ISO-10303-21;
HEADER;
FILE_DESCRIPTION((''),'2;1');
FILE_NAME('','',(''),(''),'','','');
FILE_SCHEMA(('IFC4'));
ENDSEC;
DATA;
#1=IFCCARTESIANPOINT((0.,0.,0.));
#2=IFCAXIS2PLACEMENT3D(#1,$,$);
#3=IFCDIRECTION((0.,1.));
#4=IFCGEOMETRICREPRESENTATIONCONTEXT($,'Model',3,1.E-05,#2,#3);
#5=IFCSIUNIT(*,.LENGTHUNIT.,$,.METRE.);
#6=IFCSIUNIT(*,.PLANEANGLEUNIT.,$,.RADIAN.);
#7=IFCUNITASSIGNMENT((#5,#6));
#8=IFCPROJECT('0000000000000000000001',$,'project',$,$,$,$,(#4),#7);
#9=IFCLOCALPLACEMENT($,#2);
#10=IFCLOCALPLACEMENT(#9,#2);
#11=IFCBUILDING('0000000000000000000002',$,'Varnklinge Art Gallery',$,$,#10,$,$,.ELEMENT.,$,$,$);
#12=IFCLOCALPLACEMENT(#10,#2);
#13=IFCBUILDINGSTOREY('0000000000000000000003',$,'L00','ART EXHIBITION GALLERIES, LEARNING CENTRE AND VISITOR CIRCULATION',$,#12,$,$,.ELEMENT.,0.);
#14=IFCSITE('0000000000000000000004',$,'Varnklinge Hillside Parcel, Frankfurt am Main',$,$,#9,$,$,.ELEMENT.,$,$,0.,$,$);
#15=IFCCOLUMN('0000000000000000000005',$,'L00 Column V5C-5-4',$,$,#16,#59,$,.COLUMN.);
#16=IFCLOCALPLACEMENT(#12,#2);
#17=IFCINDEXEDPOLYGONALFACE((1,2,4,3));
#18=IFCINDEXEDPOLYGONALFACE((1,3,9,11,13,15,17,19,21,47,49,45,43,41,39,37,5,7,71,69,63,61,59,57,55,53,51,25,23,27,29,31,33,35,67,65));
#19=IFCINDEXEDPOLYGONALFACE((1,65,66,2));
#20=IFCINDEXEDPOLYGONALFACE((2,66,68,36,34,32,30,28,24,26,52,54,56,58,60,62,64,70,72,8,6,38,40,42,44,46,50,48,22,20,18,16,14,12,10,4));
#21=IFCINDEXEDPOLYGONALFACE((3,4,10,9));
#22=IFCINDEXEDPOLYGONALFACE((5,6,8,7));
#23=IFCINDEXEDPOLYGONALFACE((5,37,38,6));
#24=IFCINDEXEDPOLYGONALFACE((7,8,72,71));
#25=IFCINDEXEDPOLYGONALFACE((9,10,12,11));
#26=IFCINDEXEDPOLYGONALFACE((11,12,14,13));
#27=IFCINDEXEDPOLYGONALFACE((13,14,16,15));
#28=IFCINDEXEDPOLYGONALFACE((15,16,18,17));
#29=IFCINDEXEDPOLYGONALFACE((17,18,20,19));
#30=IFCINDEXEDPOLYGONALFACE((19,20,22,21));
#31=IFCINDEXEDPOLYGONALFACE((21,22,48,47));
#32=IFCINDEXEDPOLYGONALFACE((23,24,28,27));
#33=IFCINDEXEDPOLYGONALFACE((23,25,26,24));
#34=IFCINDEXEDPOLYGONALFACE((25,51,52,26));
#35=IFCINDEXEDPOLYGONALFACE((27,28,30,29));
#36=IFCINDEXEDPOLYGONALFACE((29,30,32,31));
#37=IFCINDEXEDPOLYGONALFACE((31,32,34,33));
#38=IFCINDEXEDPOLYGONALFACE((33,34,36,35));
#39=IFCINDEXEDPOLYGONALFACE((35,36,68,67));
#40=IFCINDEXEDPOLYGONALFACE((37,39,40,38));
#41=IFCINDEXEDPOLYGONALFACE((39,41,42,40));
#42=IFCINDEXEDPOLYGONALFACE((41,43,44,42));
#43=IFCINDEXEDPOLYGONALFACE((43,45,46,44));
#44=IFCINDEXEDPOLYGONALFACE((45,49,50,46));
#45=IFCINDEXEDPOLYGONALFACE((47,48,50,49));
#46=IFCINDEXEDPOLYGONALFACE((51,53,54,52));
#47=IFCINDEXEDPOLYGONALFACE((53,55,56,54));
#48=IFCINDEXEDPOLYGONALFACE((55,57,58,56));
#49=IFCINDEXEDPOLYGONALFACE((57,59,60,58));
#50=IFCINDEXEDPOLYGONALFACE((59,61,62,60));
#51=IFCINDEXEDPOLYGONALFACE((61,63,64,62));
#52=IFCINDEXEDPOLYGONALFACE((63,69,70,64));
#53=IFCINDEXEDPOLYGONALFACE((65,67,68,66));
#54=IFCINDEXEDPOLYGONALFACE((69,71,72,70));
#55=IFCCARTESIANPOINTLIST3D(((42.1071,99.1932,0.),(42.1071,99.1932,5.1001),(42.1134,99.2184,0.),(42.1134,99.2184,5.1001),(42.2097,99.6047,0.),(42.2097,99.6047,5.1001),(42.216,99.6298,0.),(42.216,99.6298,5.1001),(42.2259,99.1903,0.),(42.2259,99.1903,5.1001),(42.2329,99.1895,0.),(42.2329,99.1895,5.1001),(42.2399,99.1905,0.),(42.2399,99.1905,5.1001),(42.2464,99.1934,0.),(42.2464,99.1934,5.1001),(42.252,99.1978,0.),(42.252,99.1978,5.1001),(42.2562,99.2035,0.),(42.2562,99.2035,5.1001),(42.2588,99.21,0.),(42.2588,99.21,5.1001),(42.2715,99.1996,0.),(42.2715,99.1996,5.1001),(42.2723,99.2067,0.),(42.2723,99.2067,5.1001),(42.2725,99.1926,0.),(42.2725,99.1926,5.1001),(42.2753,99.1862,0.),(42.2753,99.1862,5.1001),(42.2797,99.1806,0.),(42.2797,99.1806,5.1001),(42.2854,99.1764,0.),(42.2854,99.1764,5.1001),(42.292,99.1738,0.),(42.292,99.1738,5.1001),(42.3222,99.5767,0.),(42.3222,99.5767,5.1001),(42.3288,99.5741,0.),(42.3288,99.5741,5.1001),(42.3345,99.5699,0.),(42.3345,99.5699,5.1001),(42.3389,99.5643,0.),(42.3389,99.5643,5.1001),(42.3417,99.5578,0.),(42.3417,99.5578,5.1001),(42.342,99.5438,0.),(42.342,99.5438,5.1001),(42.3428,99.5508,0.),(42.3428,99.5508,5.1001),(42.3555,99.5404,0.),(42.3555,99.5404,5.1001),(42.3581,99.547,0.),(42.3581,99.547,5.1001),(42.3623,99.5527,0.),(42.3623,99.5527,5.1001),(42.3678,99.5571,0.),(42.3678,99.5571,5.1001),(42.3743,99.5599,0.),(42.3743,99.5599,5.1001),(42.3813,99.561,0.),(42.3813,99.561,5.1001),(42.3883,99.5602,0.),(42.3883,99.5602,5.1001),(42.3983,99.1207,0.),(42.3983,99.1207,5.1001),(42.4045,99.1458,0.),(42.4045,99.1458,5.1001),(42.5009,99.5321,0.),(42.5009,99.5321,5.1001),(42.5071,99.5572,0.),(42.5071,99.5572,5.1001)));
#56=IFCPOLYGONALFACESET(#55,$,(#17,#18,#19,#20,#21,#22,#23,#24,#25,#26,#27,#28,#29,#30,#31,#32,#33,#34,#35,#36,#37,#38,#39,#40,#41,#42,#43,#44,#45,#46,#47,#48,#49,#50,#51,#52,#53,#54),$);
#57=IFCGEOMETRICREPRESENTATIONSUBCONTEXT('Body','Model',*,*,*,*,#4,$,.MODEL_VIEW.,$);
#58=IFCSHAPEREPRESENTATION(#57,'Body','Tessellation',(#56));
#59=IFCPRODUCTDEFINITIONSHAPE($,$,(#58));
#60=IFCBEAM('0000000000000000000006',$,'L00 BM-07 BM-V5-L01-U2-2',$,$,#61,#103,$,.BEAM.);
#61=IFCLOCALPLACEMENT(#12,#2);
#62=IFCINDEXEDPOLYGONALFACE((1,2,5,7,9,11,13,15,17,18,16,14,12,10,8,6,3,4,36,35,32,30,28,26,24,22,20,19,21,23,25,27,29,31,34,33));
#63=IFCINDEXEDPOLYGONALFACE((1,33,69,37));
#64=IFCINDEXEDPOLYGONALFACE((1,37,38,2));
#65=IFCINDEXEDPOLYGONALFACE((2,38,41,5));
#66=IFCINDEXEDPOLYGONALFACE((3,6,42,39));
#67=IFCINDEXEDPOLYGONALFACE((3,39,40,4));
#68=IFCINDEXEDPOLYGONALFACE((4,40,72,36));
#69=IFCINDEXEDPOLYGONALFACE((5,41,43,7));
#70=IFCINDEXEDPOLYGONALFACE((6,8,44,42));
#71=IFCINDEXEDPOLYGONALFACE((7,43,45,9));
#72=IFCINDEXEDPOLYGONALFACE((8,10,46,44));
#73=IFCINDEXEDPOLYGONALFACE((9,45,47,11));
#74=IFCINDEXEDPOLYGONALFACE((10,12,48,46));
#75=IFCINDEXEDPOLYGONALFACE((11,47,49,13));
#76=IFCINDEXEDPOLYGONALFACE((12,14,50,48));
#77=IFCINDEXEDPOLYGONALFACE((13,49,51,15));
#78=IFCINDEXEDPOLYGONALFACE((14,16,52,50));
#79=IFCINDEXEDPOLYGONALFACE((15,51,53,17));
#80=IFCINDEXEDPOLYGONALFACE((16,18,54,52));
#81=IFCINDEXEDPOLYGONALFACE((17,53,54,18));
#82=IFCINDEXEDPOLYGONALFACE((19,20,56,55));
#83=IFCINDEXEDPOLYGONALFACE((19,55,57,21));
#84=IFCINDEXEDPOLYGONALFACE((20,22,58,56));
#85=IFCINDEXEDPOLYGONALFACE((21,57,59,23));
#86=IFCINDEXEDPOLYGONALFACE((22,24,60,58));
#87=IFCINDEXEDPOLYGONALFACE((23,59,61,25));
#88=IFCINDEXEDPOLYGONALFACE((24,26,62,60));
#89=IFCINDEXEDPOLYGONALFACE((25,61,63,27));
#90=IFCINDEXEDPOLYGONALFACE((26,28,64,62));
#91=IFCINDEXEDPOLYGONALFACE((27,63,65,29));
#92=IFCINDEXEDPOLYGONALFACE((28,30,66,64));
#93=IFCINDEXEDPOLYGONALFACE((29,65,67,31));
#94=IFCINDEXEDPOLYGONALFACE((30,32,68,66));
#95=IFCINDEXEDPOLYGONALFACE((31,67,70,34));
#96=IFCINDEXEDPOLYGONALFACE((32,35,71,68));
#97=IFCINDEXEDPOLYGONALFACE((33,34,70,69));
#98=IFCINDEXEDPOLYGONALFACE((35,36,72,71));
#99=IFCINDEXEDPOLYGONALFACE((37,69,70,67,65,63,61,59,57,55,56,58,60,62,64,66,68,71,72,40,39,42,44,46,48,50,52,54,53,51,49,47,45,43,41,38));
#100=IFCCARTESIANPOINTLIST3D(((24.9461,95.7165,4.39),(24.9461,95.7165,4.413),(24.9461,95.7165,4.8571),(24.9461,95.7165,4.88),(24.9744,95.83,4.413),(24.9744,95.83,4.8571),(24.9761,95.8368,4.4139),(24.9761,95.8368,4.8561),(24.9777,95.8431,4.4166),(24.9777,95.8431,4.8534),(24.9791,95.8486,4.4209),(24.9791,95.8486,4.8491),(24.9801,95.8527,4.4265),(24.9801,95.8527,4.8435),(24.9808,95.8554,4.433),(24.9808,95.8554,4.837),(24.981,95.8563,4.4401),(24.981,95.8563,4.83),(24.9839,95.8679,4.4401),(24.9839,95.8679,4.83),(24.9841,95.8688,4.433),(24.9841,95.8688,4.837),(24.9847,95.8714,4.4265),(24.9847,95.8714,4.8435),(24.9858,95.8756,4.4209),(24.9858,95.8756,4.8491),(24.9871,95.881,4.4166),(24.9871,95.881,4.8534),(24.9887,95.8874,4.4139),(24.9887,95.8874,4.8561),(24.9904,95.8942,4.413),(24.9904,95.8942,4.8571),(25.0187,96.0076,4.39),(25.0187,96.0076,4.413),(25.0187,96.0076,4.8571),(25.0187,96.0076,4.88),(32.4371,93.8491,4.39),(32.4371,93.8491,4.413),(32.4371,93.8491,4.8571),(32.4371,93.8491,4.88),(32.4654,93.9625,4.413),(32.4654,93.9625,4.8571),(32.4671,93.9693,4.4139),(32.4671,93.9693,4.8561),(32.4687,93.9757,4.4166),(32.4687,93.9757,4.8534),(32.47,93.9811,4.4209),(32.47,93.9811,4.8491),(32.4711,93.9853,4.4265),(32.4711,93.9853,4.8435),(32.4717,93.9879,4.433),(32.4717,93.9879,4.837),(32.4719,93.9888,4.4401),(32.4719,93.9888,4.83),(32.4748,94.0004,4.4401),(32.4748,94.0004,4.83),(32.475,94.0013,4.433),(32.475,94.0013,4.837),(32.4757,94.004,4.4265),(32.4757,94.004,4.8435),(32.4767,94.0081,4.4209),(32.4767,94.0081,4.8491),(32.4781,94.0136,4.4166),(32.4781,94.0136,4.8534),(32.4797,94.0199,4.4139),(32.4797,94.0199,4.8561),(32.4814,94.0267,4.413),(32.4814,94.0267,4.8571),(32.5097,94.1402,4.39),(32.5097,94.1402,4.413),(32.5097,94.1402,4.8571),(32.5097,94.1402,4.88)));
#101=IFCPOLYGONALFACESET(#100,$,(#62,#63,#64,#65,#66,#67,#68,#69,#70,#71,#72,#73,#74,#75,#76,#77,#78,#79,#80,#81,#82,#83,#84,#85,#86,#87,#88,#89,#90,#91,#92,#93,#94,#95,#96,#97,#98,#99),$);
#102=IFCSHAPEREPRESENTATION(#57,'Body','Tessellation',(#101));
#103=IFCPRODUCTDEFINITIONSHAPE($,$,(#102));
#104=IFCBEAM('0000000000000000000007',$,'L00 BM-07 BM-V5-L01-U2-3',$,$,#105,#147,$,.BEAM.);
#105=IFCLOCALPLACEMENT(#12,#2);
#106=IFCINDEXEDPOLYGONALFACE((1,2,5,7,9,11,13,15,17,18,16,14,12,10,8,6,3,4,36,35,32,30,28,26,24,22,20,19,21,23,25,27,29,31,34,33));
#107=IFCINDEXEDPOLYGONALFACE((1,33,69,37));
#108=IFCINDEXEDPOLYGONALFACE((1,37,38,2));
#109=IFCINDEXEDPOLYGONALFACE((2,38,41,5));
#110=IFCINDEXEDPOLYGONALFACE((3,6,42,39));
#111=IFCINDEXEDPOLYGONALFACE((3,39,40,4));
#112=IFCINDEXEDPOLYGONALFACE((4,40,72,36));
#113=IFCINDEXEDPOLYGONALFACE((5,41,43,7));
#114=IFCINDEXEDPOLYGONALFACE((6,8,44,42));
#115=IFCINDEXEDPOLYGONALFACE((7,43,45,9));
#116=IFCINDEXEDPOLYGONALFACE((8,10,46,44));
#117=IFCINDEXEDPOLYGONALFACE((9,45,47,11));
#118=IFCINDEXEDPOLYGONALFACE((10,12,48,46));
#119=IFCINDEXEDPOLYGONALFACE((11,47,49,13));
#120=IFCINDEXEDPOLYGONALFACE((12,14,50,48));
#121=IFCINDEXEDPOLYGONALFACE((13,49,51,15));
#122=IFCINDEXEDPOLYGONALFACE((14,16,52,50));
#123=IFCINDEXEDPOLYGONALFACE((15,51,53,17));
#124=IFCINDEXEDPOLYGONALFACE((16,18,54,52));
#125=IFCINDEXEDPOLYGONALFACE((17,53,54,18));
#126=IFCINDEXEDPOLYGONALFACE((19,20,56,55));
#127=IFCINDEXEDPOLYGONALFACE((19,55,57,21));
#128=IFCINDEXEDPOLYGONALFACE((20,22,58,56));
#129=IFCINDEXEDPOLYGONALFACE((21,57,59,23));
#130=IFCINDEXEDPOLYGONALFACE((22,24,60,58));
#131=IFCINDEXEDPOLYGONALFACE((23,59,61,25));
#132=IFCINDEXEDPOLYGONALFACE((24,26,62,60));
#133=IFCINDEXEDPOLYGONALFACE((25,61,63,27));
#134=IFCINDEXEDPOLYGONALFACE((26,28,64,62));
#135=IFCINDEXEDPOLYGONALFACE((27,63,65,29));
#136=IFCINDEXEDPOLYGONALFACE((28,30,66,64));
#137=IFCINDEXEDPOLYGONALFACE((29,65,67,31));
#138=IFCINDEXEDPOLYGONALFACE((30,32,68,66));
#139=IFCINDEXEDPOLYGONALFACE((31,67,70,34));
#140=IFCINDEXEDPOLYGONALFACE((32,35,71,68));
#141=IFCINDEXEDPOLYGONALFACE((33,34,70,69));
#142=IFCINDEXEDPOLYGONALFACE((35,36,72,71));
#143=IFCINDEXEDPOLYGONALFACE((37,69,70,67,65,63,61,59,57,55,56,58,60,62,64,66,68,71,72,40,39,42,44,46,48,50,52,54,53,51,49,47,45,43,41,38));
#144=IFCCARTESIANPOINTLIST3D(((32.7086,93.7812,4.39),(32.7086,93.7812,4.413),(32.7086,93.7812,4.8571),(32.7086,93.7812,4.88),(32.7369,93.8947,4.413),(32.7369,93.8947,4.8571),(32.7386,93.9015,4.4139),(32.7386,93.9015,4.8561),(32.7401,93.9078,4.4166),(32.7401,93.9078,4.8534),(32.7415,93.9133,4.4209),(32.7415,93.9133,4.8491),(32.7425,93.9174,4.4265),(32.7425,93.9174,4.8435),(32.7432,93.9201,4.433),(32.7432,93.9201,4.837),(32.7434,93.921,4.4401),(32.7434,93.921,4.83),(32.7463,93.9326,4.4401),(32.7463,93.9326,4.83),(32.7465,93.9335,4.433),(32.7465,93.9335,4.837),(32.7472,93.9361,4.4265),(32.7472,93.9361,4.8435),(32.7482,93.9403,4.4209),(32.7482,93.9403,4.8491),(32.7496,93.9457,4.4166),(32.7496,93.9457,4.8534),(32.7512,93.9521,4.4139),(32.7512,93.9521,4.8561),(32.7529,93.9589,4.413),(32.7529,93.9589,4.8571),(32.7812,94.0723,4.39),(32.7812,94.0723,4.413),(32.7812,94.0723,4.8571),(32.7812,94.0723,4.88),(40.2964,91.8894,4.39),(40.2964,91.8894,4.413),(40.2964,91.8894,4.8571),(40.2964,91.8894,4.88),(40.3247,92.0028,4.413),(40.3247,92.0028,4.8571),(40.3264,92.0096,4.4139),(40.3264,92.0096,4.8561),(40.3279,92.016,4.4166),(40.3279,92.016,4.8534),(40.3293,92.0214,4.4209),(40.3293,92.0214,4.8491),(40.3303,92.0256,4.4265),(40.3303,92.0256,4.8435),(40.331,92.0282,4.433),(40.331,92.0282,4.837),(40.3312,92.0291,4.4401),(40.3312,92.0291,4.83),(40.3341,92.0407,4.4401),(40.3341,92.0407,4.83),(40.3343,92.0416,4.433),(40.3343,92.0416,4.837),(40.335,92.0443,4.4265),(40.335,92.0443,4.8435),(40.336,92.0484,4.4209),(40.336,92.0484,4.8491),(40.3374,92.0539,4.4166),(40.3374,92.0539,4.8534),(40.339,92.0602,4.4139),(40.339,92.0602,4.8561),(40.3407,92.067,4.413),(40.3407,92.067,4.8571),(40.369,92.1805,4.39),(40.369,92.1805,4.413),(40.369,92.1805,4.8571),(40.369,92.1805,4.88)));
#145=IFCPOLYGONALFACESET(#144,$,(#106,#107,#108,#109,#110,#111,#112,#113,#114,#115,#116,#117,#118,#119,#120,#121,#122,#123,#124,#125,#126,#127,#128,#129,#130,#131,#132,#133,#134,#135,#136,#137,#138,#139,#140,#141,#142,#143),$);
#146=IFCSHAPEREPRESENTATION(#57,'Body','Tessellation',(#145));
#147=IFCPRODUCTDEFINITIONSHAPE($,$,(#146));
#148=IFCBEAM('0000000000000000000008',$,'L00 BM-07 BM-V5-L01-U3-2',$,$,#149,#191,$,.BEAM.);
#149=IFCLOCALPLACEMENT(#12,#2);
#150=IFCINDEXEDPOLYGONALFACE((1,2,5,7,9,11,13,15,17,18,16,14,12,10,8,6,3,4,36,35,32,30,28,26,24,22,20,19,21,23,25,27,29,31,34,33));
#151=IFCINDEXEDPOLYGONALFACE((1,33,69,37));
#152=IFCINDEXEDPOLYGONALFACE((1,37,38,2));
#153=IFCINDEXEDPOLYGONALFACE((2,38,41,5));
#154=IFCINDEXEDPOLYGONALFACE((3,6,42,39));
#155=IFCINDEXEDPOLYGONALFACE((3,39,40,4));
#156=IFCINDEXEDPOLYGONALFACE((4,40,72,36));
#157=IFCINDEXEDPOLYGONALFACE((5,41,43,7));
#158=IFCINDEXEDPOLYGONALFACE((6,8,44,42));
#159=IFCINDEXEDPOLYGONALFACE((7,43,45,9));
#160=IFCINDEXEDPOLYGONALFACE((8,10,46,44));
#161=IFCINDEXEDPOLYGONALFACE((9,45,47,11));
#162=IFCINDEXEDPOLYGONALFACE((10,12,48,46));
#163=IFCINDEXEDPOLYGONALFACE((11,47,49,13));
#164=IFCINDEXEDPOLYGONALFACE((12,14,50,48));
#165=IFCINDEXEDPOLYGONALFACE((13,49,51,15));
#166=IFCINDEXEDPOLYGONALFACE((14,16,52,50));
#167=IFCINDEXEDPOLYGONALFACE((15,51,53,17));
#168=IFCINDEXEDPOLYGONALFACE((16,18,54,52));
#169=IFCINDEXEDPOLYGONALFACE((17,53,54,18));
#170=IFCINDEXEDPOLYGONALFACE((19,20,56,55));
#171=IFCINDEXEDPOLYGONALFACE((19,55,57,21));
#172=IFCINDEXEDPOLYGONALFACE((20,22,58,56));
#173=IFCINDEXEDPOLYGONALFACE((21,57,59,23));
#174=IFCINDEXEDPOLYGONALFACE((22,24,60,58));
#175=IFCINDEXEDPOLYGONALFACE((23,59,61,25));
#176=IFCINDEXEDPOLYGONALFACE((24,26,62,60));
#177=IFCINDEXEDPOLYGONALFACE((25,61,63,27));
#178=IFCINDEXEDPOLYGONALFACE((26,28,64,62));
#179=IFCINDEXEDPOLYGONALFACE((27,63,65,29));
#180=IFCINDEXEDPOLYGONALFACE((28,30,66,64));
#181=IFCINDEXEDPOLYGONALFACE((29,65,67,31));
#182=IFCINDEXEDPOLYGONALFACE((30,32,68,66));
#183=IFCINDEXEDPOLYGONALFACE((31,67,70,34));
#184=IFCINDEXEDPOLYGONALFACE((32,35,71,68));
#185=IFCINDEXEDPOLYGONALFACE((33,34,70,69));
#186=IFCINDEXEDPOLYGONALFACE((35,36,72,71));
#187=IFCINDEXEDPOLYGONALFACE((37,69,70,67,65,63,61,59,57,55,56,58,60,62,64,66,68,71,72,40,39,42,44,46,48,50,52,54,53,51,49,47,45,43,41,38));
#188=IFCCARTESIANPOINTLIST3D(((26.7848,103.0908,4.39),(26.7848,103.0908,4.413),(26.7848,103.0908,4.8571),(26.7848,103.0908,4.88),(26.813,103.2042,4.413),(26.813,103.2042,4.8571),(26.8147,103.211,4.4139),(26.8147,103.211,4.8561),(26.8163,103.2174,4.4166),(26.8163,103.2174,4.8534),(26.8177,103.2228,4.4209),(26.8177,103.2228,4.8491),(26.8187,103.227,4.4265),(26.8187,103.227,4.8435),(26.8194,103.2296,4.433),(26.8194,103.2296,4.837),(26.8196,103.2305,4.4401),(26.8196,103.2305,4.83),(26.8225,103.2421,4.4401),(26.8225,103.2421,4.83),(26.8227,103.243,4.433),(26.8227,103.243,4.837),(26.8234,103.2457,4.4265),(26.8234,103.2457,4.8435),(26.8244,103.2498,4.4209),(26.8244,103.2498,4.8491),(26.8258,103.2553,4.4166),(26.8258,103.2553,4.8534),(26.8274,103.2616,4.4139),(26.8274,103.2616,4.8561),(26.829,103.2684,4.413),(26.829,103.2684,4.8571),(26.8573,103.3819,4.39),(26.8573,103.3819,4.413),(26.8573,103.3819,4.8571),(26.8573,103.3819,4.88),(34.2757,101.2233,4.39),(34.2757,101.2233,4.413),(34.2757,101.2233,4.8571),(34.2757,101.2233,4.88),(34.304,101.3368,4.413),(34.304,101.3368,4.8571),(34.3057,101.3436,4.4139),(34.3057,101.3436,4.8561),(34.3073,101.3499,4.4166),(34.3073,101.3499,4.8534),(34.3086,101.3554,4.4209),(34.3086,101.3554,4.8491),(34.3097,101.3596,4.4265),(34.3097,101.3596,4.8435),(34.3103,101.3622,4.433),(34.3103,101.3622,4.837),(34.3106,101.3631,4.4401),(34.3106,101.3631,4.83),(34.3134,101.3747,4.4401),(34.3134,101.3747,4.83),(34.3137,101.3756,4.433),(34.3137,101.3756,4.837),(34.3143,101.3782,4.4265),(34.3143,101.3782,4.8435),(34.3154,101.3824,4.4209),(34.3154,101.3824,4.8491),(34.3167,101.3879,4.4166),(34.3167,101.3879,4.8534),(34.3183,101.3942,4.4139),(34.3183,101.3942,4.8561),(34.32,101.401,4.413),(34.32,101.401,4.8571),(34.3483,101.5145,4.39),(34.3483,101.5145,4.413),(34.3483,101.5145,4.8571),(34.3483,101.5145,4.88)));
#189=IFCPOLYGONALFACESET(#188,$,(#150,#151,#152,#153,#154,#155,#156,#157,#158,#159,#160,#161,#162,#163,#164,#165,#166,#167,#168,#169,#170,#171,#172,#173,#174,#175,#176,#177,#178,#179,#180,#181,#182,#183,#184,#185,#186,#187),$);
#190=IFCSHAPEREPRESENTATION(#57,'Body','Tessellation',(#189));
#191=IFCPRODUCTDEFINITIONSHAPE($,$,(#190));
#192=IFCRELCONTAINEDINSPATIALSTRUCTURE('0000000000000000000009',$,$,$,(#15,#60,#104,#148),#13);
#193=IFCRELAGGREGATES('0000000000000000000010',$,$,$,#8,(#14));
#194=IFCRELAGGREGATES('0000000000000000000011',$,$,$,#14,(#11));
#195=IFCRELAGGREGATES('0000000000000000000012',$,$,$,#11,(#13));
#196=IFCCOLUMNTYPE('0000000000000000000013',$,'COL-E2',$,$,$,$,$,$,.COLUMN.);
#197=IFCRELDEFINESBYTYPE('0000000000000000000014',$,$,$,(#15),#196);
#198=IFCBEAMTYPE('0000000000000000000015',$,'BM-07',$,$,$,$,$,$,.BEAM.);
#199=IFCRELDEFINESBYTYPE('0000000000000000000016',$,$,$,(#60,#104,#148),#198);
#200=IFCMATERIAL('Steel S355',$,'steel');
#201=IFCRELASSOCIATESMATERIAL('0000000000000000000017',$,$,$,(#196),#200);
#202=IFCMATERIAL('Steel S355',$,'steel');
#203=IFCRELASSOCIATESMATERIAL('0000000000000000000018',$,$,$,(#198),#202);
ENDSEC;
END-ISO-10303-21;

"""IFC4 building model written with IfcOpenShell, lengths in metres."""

from ifc_helpers import new_model, si_unit, direction, frame, origin, origin_2d, place, context, subcontext, project, spatial, i_section, extrude, material, material_profile, profile_set, type_object, element, save


model = new_model("IFC4")

# Units and contexts
model_context = context("Model", 3, precision=1e-05, world=origin(), true_north=direction((0.0, 1.0)))
body_context = subcontext(model_context, "Body", "Model", "MODEL_VIEW")
ifc_project = project(units=[si_unit("LENGTHUNIT", "METRE"), si_unit("PLANEANGLEUNIT", "RADIAN")], contexts=[model_context])

# Site, building, storey
site_placement = place(None, origin())
site = spatial("IfcSite", under=ifc_project, at=site_placement, Name="Varnklinge Hillside Parcel, Frankfurt am Main", CompositionType="ELEMENT", RefElevation=0.0)
building_placement = place(site_placement, origin())
building = spatial("IfcBuilding", under=site, at=building_placement, Name="Varnklinge Art Gallery", CompositionType="ELEMENT")
storey_placement = place(building_placement, origin())
storey = spatial("IfcBuildingStorey", under=building, at=storey_placement, Name="L00", Description="ART EXHIBITION GALLERIES, LEARNING CENTRE AND VISITOR CIRCULATION", CompositionType="ELEMENT", Elevation=0.0)

# Column
ifc_material_1 = material(Name="Steel S355", Category="steel")
ifc_material_profile_1 = material_profile(ifc_material_1, i_section(OverallWidth=0.3, OverallDepth=0.45, WebThickness=0.0139, FlangeThickness=0.0259, FilletRadius=0.0271, at=origin_2d()), Name="HEB 450")
ifc_profile_set_1 = profile_set([ifc_material_profile_1], Name="Steel S355")
column_type_1 = type_object("IfcColumnType", Name="COL-E2", PredefinedType="COLUMN", material=ifc_profile_set_1)
for number, where, z_axis, x_axis, name in (
    (1, (42.3071, 99.3752, 0.0), (0.0, 0.0, 1.0), (0.970296, -0.241922, 0.0), "L00 Column V5C-5-4"),
):
    element("IfcColumn", number, at=place(storey_placement, frame(where, z_axis=z_axis, x_axis=x_axis)), inside=storey, type_object=column_type_1, Name=name, PredefinedType="COLUMN", context=body_context, shape_type="SweptSolid", body=[
        extrude(i_section(OverallWidth=0.3, OverallDepth=0.45, WebThickness=0.0139, FlangeThickness=0.0259, FilletRadius=0.0271, at=origin_2d()), origin(), (0.0, 0.0, 1.0), 5.1001),
    ])

# Beams
ifc_material_2 = material(Name="Steel S355", Category="steel")
ifc_material_profile_2 = material_profile(ifc_material_2, i_section(OverallWidth=0.3, OverallDepth=0.49, WebThickness=0.012, FlangeThickness=0.0229, FilletRadius=0.0271, at=origin_2d()), Name="HEA 500")
ifc_profile_set_2 = profile_set([ifc_material_profile_2], Name="Steel S355")
beam_type_1 = type_object("IfcBeamType", Name="BM-07", PredefinedType="BEAM", material=ifc_profile_set_2)
beam_1_placement = place(storey_placement, frame((24.9824, 95.8621, 4.635), z_axis=(0.970304, -0.241888, 0.0), x_axis=(0.241888, 0.970304, 0.0)))
element("IfcBeam", 2, at=beam_1_placement, inside=storey, type_object=beam_type_1, Name="L00 BM-07 BM-V5-L01-U2-2", PredefinedType="BEAM", context=body_context, shape_type="SweptSolid", body=[
    extrude(i_section(OverallWidth=0.3, OverallDepth=0.49, WebThickness=0.012, FlangeThickness=0.0229, FilletRadius=0.0271, at=origin_2d()), origin(), (0.0, 0.0, 1.0), 7.7202),
])
beam_2_placement = place(storey_placement, frame((32.7449, 93.9268, 4.635), z_axis=(0.970297, -0.241919, 0.0), x_axis=(0.241919, 0.970297, 0.0)))
element("IfcBeam", 3, at=beam_2_placement, inside=storey, type_object=beam_type_1, Name="L00 BM-07 BM-V5-L01-U2-3", PredefinedType="BEAM", context=body_context, shape_type="SweptSolid", body=[
    extrude(i_section(OverallWidth=0.3, OverallDepth=0.49, WebThickness=0.012, FlangeThickness=0.0229, FilletRadius=0.0271, at=origin_2d()), origin(), (0.0, 0.0, 1.0), 7.8201),
])
beam_3_placement = place(storey_placement, frame((26.821, 103.2363, 4.635), z_axis=(0.970304, -0.241888, 0.0), x_axis=(0.241888, 0.970304, 0.0)))
element("IfcBeam", 4, at=beam_3_placement, inside=storey, type_object=beam_type_1, Name="L00 BM-07 BM-V5-L01-U3-2", PredefinedType="BEAM", context=body_context, shape_type="SweptSolid", body=[
    extrude(i_section(OverallWidth=0.3, OverallDepth=0.49, WebThickness=0.012, FlangeThickness=0.0229, FilletRadius=0.0271, at=origin_2d()), origin(), (0.0, 0.0, 1.0), 7.7202),
])

save(model, "model.ifc")
